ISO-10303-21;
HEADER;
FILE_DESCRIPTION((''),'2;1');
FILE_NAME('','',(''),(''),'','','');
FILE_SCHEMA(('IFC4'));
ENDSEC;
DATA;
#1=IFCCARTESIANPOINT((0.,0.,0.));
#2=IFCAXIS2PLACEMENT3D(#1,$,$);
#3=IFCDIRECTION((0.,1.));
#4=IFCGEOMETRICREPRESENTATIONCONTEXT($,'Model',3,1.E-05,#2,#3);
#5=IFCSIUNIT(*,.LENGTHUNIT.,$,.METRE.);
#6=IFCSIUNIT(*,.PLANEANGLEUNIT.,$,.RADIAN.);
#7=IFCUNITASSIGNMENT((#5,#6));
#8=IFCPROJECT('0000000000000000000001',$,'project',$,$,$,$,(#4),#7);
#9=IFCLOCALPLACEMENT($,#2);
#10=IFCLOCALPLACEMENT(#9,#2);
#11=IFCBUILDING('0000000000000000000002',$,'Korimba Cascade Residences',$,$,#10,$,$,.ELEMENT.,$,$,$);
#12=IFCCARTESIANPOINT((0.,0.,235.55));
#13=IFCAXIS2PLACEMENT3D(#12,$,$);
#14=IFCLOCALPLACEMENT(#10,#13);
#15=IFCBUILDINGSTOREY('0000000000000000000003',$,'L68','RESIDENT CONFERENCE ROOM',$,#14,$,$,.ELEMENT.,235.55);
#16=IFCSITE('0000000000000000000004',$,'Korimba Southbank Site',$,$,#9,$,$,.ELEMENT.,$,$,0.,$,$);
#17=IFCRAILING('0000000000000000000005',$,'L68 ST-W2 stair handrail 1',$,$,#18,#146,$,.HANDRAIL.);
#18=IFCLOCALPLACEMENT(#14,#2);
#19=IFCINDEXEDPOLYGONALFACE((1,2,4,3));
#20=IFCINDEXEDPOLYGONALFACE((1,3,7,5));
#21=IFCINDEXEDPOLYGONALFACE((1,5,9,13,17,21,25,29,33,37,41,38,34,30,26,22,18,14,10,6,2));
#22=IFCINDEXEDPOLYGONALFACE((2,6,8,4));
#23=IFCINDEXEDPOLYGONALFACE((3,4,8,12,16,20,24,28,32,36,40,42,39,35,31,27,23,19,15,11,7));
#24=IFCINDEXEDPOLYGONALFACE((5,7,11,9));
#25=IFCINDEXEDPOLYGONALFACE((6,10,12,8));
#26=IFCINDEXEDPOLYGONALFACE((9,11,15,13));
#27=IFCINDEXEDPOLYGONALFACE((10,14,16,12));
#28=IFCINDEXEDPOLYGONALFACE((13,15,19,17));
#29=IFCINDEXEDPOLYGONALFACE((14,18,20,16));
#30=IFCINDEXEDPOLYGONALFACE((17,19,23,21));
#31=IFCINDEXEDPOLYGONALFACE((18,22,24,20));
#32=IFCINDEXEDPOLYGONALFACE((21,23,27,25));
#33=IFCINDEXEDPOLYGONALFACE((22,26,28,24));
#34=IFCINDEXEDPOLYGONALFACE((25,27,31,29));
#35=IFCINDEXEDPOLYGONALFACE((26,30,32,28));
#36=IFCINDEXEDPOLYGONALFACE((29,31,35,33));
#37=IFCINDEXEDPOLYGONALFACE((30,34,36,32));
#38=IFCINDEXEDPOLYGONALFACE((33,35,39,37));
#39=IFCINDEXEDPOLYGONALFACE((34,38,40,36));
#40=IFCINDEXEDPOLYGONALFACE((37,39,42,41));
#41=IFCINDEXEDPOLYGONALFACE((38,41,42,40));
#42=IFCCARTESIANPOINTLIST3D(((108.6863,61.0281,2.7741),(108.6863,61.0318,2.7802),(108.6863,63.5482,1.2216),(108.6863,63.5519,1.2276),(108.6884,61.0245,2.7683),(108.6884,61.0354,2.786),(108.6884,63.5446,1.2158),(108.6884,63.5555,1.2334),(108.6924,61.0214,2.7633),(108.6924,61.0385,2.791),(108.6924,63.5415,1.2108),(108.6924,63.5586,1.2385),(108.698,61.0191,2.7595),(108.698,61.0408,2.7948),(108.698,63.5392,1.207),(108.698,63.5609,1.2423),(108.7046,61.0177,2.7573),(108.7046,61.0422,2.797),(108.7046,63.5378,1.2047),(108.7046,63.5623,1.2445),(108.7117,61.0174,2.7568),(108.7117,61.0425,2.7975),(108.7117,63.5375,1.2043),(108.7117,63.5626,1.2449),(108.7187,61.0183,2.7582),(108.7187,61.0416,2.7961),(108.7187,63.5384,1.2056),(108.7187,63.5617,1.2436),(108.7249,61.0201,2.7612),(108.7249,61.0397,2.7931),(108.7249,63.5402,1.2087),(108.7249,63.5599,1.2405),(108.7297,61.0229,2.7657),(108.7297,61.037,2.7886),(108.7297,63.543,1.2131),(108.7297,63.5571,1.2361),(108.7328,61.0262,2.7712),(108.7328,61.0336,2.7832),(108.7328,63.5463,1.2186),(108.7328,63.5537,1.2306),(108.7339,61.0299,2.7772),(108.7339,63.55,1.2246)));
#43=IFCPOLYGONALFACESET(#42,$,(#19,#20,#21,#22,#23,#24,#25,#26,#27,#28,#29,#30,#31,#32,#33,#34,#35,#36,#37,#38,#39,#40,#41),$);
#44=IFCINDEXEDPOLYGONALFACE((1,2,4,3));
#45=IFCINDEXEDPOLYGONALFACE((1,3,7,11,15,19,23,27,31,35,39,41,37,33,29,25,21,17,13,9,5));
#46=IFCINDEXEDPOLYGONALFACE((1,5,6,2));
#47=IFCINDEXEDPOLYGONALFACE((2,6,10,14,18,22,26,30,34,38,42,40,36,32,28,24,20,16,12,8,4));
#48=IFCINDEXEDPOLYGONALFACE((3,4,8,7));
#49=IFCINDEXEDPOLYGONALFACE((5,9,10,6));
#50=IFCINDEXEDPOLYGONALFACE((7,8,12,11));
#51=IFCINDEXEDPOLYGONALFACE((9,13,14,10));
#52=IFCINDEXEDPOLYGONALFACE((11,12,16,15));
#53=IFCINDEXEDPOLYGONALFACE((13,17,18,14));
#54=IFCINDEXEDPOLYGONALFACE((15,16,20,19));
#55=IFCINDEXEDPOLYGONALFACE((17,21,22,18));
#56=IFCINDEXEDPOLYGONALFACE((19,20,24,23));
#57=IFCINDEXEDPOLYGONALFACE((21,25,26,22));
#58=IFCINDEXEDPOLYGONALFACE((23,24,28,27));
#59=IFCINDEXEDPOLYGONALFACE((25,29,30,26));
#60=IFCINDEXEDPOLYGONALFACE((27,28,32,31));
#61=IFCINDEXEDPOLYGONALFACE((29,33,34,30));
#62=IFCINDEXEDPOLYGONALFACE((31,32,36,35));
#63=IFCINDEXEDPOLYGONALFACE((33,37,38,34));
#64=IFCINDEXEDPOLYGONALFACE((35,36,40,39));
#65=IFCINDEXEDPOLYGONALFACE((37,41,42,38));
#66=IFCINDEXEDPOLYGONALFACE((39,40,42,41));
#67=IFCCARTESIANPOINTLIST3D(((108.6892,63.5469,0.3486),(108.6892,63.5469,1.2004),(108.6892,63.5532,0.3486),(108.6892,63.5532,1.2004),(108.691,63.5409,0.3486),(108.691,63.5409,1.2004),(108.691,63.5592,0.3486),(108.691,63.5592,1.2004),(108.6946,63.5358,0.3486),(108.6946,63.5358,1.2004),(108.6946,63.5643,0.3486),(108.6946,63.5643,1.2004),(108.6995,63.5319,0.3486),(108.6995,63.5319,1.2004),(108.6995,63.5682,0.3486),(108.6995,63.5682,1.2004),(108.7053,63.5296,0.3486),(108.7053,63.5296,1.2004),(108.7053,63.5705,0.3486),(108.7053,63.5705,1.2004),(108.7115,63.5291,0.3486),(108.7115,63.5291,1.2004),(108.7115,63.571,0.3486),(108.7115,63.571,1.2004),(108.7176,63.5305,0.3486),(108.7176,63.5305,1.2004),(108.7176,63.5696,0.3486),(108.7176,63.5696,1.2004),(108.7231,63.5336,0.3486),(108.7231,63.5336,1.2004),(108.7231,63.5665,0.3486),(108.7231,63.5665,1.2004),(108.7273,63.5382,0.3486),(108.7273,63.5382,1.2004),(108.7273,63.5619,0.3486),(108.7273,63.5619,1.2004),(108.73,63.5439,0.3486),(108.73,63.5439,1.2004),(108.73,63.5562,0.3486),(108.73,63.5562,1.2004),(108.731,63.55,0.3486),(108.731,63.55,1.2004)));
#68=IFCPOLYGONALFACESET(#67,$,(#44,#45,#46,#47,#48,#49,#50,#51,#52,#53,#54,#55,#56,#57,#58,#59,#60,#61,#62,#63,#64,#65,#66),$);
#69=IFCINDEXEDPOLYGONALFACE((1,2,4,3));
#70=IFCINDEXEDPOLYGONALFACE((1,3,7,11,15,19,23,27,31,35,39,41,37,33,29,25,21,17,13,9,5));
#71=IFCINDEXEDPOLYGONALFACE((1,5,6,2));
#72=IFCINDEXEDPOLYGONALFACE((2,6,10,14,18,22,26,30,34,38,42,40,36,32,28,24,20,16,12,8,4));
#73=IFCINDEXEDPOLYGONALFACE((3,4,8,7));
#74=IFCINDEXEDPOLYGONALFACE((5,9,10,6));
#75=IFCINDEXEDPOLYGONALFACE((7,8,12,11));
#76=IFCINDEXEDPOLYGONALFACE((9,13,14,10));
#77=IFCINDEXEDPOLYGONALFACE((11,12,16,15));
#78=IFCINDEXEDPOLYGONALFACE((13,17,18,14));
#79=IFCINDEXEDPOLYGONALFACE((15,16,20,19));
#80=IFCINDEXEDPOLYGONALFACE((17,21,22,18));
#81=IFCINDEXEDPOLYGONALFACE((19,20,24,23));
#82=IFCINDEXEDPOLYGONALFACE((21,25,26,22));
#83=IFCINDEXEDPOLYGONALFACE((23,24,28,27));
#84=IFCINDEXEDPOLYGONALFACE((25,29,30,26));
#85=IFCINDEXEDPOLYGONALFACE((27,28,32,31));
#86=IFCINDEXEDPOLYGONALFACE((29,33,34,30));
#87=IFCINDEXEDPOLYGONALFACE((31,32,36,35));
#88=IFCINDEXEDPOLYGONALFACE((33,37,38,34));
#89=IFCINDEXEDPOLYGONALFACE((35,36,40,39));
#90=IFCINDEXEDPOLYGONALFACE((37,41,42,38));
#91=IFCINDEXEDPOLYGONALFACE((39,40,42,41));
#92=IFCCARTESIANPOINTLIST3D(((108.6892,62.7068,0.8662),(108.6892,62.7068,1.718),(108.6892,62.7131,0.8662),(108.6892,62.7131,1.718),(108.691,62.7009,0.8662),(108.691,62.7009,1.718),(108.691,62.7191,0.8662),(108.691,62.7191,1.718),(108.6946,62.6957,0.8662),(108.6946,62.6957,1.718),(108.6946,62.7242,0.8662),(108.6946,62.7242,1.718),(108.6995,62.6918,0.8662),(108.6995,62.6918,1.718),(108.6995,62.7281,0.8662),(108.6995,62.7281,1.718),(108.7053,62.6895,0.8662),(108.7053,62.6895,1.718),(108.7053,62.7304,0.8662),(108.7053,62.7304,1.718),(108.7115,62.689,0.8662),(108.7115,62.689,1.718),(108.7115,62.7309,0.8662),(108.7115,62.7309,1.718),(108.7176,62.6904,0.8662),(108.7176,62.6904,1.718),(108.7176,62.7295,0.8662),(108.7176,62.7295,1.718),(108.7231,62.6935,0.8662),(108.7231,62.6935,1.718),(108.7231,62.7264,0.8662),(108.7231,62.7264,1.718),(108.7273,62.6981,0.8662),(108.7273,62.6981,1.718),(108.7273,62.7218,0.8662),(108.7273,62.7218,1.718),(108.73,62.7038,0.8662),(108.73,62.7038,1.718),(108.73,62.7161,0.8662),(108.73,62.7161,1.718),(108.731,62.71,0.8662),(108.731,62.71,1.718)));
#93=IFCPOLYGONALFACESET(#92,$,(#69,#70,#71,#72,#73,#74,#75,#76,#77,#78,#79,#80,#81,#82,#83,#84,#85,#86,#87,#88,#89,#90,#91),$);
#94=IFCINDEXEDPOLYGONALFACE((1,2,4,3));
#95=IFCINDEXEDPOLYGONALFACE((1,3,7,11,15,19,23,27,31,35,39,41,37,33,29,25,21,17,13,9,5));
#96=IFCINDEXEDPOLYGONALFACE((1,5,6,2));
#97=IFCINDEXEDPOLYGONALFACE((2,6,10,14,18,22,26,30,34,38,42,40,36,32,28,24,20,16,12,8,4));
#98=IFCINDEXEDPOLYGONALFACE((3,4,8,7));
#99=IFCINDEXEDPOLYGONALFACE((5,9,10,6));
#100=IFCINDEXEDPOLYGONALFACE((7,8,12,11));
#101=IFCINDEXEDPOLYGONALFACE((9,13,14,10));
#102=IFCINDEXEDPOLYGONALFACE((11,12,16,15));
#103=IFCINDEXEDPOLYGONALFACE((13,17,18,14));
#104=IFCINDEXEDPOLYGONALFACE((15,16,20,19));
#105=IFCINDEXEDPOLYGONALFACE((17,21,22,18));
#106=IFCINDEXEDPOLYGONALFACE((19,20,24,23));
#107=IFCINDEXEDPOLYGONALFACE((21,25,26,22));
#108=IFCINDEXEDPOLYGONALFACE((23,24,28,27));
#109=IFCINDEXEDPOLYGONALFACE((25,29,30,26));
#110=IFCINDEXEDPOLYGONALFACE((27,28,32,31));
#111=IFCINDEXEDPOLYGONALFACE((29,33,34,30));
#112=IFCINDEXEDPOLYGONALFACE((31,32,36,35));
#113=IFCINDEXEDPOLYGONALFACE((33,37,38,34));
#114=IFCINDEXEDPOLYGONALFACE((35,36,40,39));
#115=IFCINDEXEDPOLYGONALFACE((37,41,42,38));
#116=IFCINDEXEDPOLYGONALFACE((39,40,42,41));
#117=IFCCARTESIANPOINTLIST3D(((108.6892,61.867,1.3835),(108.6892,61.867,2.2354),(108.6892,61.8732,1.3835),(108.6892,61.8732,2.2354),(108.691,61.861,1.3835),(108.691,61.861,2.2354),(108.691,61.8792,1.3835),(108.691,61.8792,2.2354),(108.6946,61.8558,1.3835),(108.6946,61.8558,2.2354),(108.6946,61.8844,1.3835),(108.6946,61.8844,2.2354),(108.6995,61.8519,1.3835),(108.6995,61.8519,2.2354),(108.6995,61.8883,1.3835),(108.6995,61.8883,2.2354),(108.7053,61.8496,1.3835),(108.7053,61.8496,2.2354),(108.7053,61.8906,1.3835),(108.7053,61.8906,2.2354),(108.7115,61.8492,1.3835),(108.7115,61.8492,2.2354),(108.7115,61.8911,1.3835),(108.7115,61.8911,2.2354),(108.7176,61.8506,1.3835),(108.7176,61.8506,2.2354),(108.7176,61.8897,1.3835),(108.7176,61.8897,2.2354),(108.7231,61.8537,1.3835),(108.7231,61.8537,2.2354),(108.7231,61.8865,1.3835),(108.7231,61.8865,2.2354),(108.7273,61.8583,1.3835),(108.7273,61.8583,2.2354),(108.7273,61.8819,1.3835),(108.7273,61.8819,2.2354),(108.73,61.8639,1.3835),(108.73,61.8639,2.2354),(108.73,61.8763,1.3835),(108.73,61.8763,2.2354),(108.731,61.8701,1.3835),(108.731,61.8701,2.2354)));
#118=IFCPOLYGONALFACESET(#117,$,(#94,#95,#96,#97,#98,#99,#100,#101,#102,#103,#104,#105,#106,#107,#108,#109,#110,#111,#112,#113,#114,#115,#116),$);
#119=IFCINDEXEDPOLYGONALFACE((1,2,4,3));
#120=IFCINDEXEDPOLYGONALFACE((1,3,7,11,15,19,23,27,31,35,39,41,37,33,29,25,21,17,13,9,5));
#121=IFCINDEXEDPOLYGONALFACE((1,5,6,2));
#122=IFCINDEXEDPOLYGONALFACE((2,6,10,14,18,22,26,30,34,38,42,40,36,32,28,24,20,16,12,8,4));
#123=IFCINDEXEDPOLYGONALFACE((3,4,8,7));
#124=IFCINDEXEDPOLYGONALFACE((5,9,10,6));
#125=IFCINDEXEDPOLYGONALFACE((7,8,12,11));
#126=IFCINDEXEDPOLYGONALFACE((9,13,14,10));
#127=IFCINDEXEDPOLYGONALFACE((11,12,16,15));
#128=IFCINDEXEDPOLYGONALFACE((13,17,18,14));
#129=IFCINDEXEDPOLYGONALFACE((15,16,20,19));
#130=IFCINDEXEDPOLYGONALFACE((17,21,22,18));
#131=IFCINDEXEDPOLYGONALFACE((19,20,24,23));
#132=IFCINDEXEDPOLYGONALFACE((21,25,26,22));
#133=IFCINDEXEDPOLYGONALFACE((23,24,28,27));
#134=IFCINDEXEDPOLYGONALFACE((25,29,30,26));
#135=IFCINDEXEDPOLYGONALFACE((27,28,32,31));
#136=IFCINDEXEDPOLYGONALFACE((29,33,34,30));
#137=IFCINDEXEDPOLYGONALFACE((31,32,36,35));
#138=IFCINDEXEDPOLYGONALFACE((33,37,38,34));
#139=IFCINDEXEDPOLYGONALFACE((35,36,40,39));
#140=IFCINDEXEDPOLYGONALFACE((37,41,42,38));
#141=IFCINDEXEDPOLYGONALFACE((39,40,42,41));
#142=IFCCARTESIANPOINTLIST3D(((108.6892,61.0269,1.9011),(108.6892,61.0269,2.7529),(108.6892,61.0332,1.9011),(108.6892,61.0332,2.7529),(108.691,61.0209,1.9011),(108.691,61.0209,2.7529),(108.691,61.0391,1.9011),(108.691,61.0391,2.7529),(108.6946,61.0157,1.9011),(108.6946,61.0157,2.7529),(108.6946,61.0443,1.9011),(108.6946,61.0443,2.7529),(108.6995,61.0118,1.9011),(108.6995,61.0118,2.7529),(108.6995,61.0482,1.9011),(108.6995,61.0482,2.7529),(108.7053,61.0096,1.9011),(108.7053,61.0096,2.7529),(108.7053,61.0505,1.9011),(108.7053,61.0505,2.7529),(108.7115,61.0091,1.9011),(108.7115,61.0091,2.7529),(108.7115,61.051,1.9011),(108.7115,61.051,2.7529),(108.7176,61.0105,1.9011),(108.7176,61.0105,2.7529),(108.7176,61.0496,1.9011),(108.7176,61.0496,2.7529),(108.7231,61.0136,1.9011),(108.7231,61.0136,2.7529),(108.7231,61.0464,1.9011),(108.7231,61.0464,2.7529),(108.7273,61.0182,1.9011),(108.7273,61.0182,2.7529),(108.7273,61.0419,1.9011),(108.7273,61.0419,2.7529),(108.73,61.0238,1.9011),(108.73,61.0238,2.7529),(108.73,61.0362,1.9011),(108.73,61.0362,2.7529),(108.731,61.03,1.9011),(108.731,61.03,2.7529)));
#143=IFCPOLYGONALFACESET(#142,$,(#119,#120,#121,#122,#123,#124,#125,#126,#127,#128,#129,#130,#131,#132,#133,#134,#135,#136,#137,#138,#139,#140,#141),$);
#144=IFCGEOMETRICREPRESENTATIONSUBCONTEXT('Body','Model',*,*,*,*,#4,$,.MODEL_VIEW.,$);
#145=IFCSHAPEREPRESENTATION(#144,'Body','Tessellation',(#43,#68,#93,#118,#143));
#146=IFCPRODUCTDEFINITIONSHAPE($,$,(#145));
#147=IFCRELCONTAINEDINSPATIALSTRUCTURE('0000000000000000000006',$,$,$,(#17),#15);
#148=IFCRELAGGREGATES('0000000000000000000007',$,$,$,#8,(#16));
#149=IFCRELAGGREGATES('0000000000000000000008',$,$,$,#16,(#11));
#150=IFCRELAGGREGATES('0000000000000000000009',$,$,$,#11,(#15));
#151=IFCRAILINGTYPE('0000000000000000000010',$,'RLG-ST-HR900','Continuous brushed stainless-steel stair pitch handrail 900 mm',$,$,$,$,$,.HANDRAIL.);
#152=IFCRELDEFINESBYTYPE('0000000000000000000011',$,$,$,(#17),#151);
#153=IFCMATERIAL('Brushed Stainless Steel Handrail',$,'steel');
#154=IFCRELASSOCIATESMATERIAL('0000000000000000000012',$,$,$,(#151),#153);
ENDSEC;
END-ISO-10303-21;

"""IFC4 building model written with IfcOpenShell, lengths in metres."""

from ifc_helpers import new_model, si_unit, direction, frame, origin, origin_2d, place, context, subcontext, project, spatial, circle, extrude, material, type_object, element, save


model = new_model("IFC4")

# Units and contexts
model_context = context("Model", 3, precision=1e-05, world=origin(), true_north=direction((0.0, 1.0)))
body_context = subcontext(model_context, "Body", "Model", "MODEL_VIEW")
ifc_project = project(units=[si_unit("LENGTHUNIT", "METRE"), si_unit("PLANEANGLEUNIT", "RADIAN")], contexts=[model_context])

# Site, building, storey
site_placement = place(None, origin())
site = spatial("IfcSite", under=ifc_project, at=site_placement, Name="Korimba Southbank Site", CompositionType="ELEMENT", RefElevation=0.0)
building_placement = place(site_placement, origin())
building = spatial("IfcBuilding", under=site, at=building_placement, Name="Korimba Cascade Residences", CompositionType="ELEMENT")
storey_placement = place(building_placement, frame((0.0, 0.0, 235.55)))
storey = spatial("IfcBuildingStorey", under=building, at=storey_placement, Name="L68", Description="RESIDENT CONFERENCE ROOM", CompositionType="ELEMENT", Elevation=235.55)

# Railing
ifc_material_1 = material(Name="Brushed Stainless Steel Handrail", Category="steel")
railing_type_1 = type_object("IfcRailingType", Name="RLG-ST-HR900", Description="Continuous brushed stainless-steel stair pitch handrail 900 mm", PredefinedType="HANDRAIL", material=ifc_material_1)
railing_1_placement = place(storey_placement, frame((108.71, 63.55, 0.3486)))
element("IfcRailing", 1, at=railing_1_placement, inside=storey, type_object=railing_type_1, Name="L68 ST-W2 stair handrail 1", PredefinedType="HANDRAIL", context=body_context, shape_type="SweptSolid", body=[
    extrude(circle(Radius=0.0239, at=origin_2d()), frame((0.0, 0.0, 0.876), z_axis=(0.0, -0.8514, 0.524516), x_axis=(1.0, 0.0, 0.0)), (0.0, 0.0, 1.0), 2.96),
    extrude(circle(Radius=0.021, at=origin_2d()), origin(), (0.0, 0.0, 1.0), 0.8518),
    extrude(circle(Radius=0.021, at=origin_2d()), frame((0.0, -0.8401, 0.5176)), (0.0, 0.0, 1.0), 0.8518),
    extrude(circle(Radius=0.021, at=origin_2d()), frame((0.0, -1.6799, 1.0349)), (0.0, 0.0, 1.0), 0.8518),
    extrude(circle(Radius=0.021, at=origin_2d()), frame((0.0, -2.52, 1.5525)), (0.0, 0.0, 1.0), 0.8518),
])

save(model, "model.ifc")
